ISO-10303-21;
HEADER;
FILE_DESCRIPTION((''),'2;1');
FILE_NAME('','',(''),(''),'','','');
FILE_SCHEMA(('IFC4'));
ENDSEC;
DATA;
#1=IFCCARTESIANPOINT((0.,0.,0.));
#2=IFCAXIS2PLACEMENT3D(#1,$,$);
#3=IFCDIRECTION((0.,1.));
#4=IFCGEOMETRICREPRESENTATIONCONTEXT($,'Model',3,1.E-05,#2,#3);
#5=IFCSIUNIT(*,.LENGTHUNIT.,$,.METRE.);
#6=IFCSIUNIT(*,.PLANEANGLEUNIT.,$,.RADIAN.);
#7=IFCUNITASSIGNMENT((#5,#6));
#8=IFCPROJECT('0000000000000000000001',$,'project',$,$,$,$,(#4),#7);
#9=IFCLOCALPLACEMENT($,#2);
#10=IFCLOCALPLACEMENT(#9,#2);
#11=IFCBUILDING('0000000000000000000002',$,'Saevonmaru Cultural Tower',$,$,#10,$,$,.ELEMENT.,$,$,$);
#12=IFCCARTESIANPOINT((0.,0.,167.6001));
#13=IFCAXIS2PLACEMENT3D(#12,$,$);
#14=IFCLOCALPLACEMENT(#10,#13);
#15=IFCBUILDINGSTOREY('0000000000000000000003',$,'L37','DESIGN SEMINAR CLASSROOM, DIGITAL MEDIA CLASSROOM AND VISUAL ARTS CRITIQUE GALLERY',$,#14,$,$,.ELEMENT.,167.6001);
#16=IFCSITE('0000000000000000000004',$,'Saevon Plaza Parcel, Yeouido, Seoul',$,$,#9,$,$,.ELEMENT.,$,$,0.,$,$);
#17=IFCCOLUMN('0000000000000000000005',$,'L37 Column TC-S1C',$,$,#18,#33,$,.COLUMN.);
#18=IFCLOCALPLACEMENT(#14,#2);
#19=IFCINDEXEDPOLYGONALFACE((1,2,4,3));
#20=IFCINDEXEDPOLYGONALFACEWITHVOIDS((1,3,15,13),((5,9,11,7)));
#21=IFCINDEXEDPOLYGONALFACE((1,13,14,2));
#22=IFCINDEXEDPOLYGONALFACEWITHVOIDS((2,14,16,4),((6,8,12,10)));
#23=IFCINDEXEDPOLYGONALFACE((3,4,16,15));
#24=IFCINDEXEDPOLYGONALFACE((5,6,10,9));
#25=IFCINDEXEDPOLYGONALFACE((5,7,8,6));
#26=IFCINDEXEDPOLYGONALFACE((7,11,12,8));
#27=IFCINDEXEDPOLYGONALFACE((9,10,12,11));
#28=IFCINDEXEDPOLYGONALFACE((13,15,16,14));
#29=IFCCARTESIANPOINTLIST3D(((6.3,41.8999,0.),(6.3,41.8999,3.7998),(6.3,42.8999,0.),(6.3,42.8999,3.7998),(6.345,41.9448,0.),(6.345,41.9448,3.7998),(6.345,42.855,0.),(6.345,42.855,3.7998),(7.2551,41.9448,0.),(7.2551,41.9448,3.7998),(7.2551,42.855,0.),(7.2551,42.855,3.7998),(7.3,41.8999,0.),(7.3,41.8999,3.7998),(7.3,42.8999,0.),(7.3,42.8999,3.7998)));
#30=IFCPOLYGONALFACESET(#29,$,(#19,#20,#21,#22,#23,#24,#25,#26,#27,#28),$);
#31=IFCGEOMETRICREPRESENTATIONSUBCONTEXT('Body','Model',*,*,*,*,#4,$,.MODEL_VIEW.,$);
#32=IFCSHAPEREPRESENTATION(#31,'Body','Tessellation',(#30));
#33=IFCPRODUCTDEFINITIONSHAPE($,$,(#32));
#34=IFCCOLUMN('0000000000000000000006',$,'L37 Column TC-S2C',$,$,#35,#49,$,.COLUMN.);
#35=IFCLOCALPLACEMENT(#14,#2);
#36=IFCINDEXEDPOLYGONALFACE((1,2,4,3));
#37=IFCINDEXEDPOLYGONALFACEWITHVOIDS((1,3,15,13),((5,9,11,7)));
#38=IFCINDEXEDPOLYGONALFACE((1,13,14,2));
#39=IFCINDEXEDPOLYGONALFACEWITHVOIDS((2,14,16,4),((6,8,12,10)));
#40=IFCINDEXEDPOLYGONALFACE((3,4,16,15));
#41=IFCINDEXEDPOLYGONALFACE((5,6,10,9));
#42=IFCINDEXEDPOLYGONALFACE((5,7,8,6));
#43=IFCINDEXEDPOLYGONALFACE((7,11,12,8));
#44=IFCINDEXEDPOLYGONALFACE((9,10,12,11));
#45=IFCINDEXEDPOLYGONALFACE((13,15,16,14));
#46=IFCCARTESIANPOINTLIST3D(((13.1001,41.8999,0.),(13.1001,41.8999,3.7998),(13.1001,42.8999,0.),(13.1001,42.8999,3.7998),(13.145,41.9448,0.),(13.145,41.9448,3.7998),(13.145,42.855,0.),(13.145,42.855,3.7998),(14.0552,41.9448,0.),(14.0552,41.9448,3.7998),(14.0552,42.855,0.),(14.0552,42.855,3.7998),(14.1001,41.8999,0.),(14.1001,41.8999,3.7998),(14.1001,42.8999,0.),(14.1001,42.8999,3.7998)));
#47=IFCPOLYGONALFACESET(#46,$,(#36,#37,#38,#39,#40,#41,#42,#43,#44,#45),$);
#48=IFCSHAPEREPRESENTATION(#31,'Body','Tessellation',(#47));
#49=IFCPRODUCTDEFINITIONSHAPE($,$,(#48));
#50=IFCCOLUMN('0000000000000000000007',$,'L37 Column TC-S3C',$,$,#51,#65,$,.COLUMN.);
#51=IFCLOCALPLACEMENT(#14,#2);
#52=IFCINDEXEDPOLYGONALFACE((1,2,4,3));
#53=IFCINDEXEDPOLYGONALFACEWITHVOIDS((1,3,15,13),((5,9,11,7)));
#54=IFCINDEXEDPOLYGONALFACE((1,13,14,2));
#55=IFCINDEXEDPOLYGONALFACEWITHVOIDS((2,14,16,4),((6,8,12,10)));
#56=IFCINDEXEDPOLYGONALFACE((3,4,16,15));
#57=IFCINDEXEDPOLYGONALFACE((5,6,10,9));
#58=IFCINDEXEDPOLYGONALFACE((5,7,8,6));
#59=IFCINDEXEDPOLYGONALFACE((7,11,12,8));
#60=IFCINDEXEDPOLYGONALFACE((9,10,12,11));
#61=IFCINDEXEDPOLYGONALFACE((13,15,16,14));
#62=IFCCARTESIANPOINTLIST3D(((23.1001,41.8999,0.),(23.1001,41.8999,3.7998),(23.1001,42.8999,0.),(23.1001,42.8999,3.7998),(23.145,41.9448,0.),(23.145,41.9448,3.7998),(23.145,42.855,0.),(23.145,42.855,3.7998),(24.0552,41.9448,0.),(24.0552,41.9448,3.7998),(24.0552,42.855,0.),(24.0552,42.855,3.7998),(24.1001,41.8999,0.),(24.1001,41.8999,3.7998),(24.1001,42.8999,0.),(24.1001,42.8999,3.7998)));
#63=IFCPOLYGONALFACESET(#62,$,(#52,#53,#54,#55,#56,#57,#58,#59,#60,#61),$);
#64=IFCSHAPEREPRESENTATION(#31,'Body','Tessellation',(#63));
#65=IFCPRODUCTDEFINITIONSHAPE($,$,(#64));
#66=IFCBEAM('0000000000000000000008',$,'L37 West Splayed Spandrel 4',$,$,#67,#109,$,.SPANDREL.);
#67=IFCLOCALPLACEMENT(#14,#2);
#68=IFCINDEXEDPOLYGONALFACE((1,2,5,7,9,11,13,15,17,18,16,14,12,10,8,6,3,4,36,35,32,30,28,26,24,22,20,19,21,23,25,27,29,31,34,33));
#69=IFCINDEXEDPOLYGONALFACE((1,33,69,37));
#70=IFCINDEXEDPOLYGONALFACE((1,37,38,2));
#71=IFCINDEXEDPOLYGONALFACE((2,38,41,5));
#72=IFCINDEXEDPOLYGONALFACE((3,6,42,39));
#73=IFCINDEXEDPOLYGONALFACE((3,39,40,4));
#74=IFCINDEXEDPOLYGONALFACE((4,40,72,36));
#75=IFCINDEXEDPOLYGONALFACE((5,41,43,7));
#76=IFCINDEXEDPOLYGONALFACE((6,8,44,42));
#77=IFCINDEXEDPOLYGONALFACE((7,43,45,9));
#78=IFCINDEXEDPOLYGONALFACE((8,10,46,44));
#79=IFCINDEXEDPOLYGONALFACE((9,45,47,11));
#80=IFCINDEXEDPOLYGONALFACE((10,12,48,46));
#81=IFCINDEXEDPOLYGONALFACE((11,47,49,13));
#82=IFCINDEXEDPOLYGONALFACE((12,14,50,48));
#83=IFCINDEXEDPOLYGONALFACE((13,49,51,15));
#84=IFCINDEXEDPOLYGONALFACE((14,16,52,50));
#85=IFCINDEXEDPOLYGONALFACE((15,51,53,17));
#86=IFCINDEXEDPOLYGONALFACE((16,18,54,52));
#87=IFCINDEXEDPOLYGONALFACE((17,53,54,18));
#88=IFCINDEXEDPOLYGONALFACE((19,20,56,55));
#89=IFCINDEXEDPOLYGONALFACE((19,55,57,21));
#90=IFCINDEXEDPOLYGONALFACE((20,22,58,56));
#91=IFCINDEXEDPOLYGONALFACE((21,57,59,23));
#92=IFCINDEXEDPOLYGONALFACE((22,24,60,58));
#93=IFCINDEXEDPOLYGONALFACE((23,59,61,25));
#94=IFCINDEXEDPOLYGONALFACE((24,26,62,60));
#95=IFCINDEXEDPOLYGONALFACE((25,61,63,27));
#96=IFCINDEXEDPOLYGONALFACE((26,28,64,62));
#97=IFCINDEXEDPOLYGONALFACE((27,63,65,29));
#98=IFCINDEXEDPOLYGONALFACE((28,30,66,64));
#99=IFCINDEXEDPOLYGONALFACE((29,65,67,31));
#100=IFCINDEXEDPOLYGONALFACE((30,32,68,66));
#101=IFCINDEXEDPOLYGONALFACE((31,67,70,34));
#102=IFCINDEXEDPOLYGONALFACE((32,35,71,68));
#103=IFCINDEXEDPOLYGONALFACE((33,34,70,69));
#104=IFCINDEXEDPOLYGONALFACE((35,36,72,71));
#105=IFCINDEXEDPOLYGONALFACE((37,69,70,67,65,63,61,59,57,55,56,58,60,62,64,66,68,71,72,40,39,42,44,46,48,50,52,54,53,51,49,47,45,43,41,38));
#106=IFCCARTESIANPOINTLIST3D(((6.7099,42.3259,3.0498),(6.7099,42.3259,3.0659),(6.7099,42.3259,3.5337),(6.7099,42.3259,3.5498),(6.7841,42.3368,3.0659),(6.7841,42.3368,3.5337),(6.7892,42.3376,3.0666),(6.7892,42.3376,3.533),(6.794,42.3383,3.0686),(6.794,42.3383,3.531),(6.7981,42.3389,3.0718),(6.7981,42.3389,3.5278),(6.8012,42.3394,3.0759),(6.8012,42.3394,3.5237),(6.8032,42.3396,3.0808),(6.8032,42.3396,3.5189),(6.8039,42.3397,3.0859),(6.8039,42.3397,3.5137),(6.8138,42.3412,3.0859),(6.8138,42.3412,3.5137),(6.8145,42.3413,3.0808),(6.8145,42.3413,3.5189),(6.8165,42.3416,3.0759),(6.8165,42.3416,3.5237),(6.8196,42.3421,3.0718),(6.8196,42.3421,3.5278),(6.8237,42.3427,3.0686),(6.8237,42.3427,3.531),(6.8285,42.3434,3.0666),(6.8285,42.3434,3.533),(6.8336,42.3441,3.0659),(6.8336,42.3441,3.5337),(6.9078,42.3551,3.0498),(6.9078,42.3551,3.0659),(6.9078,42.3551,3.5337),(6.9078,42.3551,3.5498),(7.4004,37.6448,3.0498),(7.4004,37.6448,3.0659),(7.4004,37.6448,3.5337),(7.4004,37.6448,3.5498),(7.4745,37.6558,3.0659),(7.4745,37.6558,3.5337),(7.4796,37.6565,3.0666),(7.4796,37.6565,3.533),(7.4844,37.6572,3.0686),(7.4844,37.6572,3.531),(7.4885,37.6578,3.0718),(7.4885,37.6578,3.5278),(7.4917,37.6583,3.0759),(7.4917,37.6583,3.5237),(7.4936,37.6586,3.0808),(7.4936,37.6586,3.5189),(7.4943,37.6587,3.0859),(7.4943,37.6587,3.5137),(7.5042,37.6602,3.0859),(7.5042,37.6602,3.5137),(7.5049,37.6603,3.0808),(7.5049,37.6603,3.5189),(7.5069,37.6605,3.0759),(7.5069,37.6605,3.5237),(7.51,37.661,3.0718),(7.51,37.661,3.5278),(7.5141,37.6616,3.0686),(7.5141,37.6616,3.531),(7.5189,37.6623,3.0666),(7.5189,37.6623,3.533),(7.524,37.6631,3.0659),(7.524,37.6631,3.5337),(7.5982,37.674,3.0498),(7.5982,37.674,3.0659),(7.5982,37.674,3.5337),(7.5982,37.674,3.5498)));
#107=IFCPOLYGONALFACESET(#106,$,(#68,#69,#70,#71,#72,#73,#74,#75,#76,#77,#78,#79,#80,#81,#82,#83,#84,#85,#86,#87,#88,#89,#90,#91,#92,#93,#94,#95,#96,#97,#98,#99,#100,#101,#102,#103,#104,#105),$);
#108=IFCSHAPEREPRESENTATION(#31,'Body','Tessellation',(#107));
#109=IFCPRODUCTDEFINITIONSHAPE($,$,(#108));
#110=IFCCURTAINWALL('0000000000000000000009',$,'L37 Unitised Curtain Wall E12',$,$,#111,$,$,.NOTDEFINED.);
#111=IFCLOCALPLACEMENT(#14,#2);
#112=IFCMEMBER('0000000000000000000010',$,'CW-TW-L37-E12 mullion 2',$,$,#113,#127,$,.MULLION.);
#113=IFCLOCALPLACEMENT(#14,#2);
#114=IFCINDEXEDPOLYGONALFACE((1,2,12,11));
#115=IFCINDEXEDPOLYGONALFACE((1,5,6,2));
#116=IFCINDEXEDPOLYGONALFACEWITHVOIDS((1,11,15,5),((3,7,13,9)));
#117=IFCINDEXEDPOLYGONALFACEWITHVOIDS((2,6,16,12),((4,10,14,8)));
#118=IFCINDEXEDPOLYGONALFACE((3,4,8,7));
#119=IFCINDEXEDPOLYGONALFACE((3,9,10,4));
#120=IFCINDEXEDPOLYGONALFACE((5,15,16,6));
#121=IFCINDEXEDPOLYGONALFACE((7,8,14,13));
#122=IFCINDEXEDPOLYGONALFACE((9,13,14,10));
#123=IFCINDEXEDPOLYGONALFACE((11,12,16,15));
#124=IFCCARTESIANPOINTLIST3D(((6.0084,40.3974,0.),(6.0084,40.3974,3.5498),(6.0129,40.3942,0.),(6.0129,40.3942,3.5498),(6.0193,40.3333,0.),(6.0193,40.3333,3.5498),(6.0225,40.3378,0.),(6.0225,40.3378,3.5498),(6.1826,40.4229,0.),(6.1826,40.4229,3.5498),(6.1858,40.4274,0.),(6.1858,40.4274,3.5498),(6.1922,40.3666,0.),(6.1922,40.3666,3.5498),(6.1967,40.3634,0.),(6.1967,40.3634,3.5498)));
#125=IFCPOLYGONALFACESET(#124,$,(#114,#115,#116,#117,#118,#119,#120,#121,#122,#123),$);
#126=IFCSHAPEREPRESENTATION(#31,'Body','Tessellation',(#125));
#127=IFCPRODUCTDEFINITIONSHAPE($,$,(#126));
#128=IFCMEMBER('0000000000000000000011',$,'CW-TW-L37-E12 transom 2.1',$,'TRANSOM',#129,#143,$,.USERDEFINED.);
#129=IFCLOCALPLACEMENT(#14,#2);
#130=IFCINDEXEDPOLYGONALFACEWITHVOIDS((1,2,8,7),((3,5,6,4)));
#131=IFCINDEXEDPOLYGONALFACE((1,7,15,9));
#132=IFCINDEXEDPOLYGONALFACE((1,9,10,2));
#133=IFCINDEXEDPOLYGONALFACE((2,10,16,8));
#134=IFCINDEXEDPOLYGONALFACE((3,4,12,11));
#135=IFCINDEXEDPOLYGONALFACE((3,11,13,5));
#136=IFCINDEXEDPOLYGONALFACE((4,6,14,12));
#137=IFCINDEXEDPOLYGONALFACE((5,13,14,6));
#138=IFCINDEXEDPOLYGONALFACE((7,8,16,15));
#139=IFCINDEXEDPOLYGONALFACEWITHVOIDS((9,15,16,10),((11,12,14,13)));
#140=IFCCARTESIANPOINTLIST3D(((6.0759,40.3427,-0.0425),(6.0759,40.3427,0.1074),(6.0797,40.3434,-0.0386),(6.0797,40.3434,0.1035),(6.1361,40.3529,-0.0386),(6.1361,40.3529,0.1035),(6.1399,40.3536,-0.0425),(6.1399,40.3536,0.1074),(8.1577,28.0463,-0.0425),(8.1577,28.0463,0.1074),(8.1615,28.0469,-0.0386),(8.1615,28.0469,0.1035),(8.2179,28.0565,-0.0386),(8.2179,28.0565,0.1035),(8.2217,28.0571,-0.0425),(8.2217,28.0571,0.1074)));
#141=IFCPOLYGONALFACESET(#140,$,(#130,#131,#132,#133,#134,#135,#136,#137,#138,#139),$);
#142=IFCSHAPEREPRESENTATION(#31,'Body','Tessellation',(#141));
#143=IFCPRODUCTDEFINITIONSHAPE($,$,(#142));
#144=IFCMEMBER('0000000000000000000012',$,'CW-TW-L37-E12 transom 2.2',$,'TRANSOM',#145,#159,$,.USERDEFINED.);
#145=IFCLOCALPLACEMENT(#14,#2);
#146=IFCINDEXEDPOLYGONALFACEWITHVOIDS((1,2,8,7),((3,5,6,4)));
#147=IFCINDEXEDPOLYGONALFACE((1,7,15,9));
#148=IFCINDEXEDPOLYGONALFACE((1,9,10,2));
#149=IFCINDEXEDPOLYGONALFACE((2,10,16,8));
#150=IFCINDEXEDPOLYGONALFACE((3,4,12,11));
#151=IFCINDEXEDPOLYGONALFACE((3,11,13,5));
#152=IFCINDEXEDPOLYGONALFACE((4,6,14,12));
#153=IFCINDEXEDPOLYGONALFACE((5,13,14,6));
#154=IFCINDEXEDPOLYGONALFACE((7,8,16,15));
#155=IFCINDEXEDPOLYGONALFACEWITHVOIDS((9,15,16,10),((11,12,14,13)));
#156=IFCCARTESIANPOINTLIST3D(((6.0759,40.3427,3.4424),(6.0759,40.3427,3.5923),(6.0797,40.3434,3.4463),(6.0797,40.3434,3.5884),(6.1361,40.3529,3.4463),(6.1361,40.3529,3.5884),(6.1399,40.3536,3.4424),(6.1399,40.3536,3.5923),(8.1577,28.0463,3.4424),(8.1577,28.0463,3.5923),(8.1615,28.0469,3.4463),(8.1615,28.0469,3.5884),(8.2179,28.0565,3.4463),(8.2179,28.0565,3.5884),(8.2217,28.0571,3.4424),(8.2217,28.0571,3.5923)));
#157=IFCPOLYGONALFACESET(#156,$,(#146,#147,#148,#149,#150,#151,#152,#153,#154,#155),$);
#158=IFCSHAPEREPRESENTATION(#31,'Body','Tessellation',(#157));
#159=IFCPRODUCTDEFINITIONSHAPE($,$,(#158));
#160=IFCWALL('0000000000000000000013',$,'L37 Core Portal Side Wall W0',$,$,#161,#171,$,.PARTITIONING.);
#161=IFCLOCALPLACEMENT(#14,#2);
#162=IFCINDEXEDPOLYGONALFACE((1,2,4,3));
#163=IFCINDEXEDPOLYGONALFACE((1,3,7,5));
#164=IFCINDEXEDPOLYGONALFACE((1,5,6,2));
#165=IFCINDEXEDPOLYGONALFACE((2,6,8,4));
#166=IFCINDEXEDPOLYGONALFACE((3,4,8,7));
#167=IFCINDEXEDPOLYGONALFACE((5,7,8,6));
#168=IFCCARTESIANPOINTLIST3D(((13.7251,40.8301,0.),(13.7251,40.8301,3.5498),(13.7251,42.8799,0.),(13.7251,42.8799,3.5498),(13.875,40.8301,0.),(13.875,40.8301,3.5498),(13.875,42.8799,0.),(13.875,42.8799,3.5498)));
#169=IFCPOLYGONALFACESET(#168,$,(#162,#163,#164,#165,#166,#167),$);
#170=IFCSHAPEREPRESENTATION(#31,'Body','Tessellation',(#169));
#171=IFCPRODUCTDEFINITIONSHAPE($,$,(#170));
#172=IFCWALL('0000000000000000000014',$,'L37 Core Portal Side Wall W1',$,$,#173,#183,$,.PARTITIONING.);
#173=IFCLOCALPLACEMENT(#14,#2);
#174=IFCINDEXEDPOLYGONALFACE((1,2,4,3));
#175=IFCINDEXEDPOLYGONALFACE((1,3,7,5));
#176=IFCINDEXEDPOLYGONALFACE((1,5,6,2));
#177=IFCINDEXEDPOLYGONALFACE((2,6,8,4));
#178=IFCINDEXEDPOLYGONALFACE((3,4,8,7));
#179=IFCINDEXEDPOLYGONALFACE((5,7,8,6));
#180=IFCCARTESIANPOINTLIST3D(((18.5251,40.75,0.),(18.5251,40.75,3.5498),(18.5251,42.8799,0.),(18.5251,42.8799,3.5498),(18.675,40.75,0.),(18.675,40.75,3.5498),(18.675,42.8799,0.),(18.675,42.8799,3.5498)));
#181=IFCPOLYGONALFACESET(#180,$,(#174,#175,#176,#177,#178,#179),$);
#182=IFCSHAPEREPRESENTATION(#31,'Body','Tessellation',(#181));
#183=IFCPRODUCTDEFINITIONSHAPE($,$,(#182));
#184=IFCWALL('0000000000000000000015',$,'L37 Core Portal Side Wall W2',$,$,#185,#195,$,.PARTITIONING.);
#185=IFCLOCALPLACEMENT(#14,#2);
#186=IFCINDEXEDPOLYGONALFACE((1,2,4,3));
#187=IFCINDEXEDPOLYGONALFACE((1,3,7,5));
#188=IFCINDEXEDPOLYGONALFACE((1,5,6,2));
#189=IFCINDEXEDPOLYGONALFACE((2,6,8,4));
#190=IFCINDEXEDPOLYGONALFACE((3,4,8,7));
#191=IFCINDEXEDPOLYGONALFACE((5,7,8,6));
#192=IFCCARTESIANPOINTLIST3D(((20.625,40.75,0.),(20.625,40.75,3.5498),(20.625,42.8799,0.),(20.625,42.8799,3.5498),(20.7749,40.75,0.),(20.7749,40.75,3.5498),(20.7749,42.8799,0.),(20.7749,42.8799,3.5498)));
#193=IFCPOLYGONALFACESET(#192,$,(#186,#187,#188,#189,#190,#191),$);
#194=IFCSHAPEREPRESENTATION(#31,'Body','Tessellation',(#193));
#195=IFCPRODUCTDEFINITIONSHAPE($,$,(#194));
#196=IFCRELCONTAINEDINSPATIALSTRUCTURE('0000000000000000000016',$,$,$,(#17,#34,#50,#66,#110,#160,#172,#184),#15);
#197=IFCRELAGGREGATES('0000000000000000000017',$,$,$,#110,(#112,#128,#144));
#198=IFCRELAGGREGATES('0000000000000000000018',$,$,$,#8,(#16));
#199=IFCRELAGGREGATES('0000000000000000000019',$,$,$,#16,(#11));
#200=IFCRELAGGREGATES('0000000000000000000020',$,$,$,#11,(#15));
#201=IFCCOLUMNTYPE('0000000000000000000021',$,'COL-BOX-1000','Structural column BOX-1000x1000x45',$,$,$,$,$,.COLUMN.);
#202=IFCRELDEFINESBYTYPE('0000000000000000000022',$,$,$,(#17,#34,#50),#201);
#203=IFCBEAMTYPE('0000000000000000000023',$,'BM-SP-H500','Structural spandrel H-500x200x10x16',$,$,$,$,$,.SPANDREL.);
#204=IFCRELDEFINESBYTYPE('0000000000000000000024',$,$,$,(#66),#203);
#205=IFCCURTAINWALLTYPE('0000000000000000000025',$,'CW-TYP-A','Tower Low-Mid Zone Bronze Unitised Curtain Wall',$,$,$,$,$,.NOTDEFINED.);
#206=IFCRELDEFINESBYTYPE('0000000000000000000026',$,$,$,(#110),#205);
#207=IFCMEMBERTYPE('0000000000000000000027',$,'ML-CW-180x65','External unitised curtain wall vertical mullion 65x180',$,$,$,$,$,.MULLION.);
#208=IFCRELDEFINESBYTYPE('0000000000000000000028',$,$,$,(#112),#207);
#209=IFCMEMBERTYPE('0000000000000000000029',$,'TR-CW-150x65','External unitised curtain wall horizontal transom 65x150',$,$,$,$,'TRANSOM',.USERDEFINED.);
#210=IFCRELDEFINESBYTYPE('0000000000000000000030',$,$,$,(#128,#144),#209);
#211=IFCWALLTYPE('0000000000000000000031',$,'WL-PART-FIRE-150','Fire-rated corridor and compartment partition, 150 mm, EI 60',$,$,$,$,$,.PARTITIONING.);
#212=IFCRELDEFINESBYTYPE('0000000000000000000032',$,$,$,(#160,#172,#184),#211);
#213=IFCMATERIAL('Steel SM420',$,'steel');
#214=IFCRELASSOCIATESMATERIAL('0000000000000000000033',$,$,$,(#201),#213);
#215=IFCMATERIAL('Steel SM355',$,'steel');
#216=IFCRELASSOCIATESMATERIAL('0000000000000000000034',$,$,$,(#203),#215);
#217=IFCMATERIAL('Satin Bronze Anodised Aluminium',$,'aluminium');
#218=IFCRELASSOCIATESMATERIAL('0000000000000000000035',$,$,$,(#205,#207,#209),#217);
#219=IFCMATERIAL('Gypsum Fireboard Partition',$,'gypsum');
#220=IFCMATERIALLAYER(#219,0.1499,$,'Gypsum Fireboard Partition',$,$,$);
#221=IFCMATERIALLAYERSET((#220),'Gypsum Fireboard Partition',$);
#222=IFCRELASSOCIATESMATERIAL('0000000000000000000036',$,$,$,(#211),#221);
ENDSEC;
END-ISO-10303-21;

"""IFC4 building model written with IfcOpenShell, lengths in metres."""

from ifc_helpers import new_model, si_unit, direction, frame, frame_2d, origin, origin_2d, place, context, subcontext, project, spatial, rectangle, hollow_rectangle, i_section, extrude, material, layer, layer_set, material_profile, profile_set, type_object, element, aggregate, save


model = new_model("IFC4")

# Units and contexts
model_context = context("Model", 3, precision=1e-05, world=origin(), true_north=direction((0.0, 1.0)))
body_context = subcontext(model_context, "Body", "Model", "MODEL_VIEW")
ifc_project = project(units=[si_unit("LENGTHUNIT", "METRE"), si_unit("PLANEANGLEUNIT", "RADIAN")], contexts=[model_context])

# Site, building, storey
site_placement = place(None, origin())
site = spatial("IfcSite", under=ifc_project, at=site_placement, Name="Saevon Plaza Parcel, Yeouido, Seoul", CompositionType="ELEMENT", RefElevation=0.0)
building_placement = place(site_placement, origin())
building = spatial("IfcBuilding", under=site, at=building_placement, Name="Saevonmaru Cultural Tower", CompositionType="ELEMENT")
storey_placement = place(building_placement, frame((0.0, 0.0, 167.6001)))
storey = spatial("IfcBuildingStorey", under=building, at=storey_placement, Name="L37", Description="DESIGN SEMINAR CLASSROOM, DIGITAL MEDIA CLASSROOM AND VISUAL ARTS CRITIQUE GALLERY", CompositionType="ELEMENT", Elevation=167.6001)

# Columns
ifc_material_1 = material(Name="Steel SM420", Category="steel")
ifc_material_profile_1 = material_profile(ifc_material_1, hollow_rectangle(XDim=1.0, YDim=1.0, WallThickness=0.0449, at=origin_2d()), Name="BOX-1000x1000x45")
ifc_profile_set_1 = profile_set([ifc_material_profile_1], Name="Steel SM420")
column_type = type_object("IfcColumnType", Name="COL-BOX-1000", Description="Structural column BOX-1000x1000x45", PredefinedType="COLUMN", material=ifc_profile_set_1)
for number, where, z_axis, x_axis, name in (
    (1, (6.8, 42.3999, 0.0), (0.0, 0.0, 1.0), (1.0, 0.0, 0.0), "L37 Column TC-S1C"),
    (2, (13.6001, 42.3999, 0.0), (0.0, 0.0, 1.0), (1.0, 0.0, 0.0), "L37 Column TC-S2C"),
    (3, (23.6001, 42.3999, 0.0), (0.0, 0.0, 1.0), (1.0, 0.0, 0.0), "L37 Column TC-S3C"),
):
    element("IfcColumn", number, at=place(storey_placement, frame(where, z_axis=z_axis, x_axis=x_axis)), inside=storey, type_object=column_type, Name=name, PredefinedType="COLUMN", context=body_context, shape_type="SweptSolid", body=[
        extrude(hollow_rectangle(XDim=1.0, YDim=1.0, WallThickness=0.0449, at=origin_2d()), origin(), (0.0, 0.0, 1.0), 3.7998),
    ])

# Beam
ifc_material_2 = material(Name="Steel SM355", Category="steel")
ifc_material_profile_2 = material_profile(ifc_material_2, i_section(OverallWidth=0.2, OverallDepth=0.5, WebThickness=0.01, FlangeThickness=0.0161, FilletRadius=0.02, at=origin_2d()), Name="H-500x200x10x16")
ifc_profile_set_2 = profile_set([ifc_material_profile_2], Name="Steel SM355")
beam_type = type_object("IfcBeamType", Name="BM-SP-H500", Description="Structural spandrel H-500x200x10x16", PredefinedType="SPANDREL", material=ifc_profile_set_2)
beam_placement = place(storey_placement, frame((7.4993, 37.6594, 3.2998), z_axis=(-0.145913, 0.989297, 0.0), x_axis=(-0.989297, -0.145913, 0.0)))
element("IfcBeam", 4, at=beam_placement, inside=storey, type_object=beam_type, Name="L37 West Splayed Spandrel 4", PredefinedType="SPANDREL", context=body_context, shape_type="SweptSolid", body=[
    extrude(i_section(OverallWidth=0.2, OverallDepth=0.5, WebThickness=0.01, FlangeThickness=0.0161, FilletRadius=0.02, at=origin_2d()), origin(), (0.0, 0.0, 1.0), 4.7317),
])

# Curtain wall, members
ifc_material_3 = material(Name="Satin Bronze Anodised Aluminium", Category="aluminium")
curtain_wall_type = type_object("IfcCurtainWallType", Name="CW-TYP-A", Description="Tower Low-Mid Zone Bronze Unitised Curtain Wall", PredefinedType="NOTDEFINED", material=ifc_material_3)
curtain_wall_placement = place(storey_placement, origin())
curtain_wall = element("IfcCurtainWall", 5, at=curtain_wall_placement, inside=storey, type_object=curtain_wall_type, Name="L37 Unitised Curtain Wall E12", PredefinedType="NOTDEFINED")
ifc_material_profile_3 = material_profile(ifc_material_3, hollow_rectangle(XDim=0.0649, YDim=0.1799, WallThickness=0.0039, at=origin_2d()), Name="ALU-MULL-180x65x4")
ifc_profile_set_3 = profile_set([ifc_material_profile_3], Name="Satin Bronze Anodised Aluminium")
member_type_1 = type_object("IfcMemberType", Name="ML-CW-180x65", Description="External unitised curtain wall vertical mullion 65x180", PredefinedType="MULLION", material=ifc_profile_set_3)
member_1_placement = place(storey_placement, frame((6.1025, 40.3804, 0.0), z_axis=(0.0, 0.0, 1.0), x_axis=(0.166922, -0.98597, 0.0)))
member_1 = element("IfcMember", 6, at=member_1_placement, type_object=member_type_1, Name="CW-TW-L37-E12 mullion 2", PredefinedType="MULLION", context=body_context, shape_type="SweptSolid", body=[
    extrude(hollow_rectangle(XDim=0.0649, YDim=0.1799, WallThickness=0.0039, at=origin_2d()), origin(), (0.0, 0.0, 1.0), 3.5498),
])
ifc_material_profile_4 = material_profile(ifc_material_3, hollow_rectangle(XDim=0.0649, YDim=0.1499, WallThickness=0.0039, at=origin_2d()), Name="ALU-TRAN-150x65x4")
ifc_profile_set_4 = profile_set([ifc_material_profile_4], Name="Satin Bronze Anodised Aluminium")
member_type_2 = type_object("IfcMemberType", Name="TR-CW-150x65", Description="External unitised curtain wall horizontal transom 65x150", ElementType="TRANSOM", PredefinedType="USERDEFINED", material=ifc_profile_set_4)
member_2_placement = place(storey_placement, frame((6.1079, 40.3481, 0.0325), z_axis=(0.166925, -0.98597, 0.0), x_axis=(0.98597, 0.166925, 0.0)))
member_2 = element("IfcMember", 7, at=member_2_placement, type_object=member_type_2, Name="CW-TW-L37-E12 transom 2.1", ObjectType="TRANSOM", PredefinedType="USERDEFINED", context=body_context, shape_type="SweptSolid", body=[
    extrude(hollow_rectangle(XDim=0.0649, YDim=0.1499, WallThickness=0.0039, at=origin_2d()), origin(), (0.0, 0.0, 1.0), 12.4714),
])
member_3_placement = place(storey_placement, frame((6.1079, 40.3481, 3.5173), z_axis=(0.166925, -0.98597, 0.0), x_axis=(0.98597, 0.166925, 0.0)))
member_3 = element("IfcMember", 8, at=member_3_placement, type_object=member_type_2, Name="CW-TW-L37-E12 transom 2.2", ObjectType="TRANSOM", PredefinedType="USERDEFINED", context=body_context, shape_type="SweptSolid", body=[
    extrude(hollow_rectangle(XDim=0.0649, YDim=0.1499, WallThickness=0.0039, at=origin_2d()), origin(), (0.0, 0.0, 1.0), 12.4714),
])
aggregate(curtain_wall, [member_1, member_2, member_3])

# Walls
ifc_material_4 = material(Name="Gypsum Fireboard Partition", Category="gypsum")
ifc_layer_1 = layer(ifc_material_4, 0.1499, Name="Gypsum Fireboard Partition")
ifc_layer_set_1 = layer_set([ifc_layer_1], Name="Gypsum Fireboard Partition")
wall_type_1 = type_object("IfcWallType", Name="WL-PART-FIRE-150", Description="Fire-rated corridor and compartment partition, 150 mm, EI 60", PredefinedType="PARTITIONING", material=ifc_layer_set_1)
wall_1_placement = place(storey_placement, frame((13.8, 40.8301, 0.0), z_axis=(0.0, 0.0, 1.0), x_axis=(0.0, 1.0, 0.0)))
element("IfcWall", 9, at=wall_1_placement, inside=storey, type_object=wall_type_1, Name="L37 Core Portal Side Wall W0", PredefinedType="PARTITIONING", context=body_context, shape_type="SweptSolid", body=[
    extrude(rectangle(XDim=2.0498, YDim=0.1499, at=frame_2d((1.0249, 0.0))), origin(), (0.0, 0.0, 1.0), 3.5498),
])
for number, where, z_axis, x_axis, name in (
    (10, (18.6001, 40.75, 0.0), (0.0, 0.0, 1.0), (0.0, 1.0, 0.0), "L37 Core Portal Side Wall W1"),
    (11, (20.7, 40.75, 0.0), (0.0, 0.0, 1.0), (0.0, 1.0, 0.0), "L37 Core Portal Side Wall W2"),
):
    element("IfcWall", number, at=place(storey_placement, frame(where, z_axis=z_axis, x_axis=x_axis)), inside=storey, type_object=wall_type_1, Name=name, PredefinedType="PARTITIONING", context=body_context, shape_type="SweptSolid", body=[
        extrude(rectangle(XDim=2.1299, YDim=0.1499, at=frame_2d((1.0649, 0.0))), origin(), (0.0, 0.0, 1.0), 3.5498),
    ])

save(model, "model.ifc")
